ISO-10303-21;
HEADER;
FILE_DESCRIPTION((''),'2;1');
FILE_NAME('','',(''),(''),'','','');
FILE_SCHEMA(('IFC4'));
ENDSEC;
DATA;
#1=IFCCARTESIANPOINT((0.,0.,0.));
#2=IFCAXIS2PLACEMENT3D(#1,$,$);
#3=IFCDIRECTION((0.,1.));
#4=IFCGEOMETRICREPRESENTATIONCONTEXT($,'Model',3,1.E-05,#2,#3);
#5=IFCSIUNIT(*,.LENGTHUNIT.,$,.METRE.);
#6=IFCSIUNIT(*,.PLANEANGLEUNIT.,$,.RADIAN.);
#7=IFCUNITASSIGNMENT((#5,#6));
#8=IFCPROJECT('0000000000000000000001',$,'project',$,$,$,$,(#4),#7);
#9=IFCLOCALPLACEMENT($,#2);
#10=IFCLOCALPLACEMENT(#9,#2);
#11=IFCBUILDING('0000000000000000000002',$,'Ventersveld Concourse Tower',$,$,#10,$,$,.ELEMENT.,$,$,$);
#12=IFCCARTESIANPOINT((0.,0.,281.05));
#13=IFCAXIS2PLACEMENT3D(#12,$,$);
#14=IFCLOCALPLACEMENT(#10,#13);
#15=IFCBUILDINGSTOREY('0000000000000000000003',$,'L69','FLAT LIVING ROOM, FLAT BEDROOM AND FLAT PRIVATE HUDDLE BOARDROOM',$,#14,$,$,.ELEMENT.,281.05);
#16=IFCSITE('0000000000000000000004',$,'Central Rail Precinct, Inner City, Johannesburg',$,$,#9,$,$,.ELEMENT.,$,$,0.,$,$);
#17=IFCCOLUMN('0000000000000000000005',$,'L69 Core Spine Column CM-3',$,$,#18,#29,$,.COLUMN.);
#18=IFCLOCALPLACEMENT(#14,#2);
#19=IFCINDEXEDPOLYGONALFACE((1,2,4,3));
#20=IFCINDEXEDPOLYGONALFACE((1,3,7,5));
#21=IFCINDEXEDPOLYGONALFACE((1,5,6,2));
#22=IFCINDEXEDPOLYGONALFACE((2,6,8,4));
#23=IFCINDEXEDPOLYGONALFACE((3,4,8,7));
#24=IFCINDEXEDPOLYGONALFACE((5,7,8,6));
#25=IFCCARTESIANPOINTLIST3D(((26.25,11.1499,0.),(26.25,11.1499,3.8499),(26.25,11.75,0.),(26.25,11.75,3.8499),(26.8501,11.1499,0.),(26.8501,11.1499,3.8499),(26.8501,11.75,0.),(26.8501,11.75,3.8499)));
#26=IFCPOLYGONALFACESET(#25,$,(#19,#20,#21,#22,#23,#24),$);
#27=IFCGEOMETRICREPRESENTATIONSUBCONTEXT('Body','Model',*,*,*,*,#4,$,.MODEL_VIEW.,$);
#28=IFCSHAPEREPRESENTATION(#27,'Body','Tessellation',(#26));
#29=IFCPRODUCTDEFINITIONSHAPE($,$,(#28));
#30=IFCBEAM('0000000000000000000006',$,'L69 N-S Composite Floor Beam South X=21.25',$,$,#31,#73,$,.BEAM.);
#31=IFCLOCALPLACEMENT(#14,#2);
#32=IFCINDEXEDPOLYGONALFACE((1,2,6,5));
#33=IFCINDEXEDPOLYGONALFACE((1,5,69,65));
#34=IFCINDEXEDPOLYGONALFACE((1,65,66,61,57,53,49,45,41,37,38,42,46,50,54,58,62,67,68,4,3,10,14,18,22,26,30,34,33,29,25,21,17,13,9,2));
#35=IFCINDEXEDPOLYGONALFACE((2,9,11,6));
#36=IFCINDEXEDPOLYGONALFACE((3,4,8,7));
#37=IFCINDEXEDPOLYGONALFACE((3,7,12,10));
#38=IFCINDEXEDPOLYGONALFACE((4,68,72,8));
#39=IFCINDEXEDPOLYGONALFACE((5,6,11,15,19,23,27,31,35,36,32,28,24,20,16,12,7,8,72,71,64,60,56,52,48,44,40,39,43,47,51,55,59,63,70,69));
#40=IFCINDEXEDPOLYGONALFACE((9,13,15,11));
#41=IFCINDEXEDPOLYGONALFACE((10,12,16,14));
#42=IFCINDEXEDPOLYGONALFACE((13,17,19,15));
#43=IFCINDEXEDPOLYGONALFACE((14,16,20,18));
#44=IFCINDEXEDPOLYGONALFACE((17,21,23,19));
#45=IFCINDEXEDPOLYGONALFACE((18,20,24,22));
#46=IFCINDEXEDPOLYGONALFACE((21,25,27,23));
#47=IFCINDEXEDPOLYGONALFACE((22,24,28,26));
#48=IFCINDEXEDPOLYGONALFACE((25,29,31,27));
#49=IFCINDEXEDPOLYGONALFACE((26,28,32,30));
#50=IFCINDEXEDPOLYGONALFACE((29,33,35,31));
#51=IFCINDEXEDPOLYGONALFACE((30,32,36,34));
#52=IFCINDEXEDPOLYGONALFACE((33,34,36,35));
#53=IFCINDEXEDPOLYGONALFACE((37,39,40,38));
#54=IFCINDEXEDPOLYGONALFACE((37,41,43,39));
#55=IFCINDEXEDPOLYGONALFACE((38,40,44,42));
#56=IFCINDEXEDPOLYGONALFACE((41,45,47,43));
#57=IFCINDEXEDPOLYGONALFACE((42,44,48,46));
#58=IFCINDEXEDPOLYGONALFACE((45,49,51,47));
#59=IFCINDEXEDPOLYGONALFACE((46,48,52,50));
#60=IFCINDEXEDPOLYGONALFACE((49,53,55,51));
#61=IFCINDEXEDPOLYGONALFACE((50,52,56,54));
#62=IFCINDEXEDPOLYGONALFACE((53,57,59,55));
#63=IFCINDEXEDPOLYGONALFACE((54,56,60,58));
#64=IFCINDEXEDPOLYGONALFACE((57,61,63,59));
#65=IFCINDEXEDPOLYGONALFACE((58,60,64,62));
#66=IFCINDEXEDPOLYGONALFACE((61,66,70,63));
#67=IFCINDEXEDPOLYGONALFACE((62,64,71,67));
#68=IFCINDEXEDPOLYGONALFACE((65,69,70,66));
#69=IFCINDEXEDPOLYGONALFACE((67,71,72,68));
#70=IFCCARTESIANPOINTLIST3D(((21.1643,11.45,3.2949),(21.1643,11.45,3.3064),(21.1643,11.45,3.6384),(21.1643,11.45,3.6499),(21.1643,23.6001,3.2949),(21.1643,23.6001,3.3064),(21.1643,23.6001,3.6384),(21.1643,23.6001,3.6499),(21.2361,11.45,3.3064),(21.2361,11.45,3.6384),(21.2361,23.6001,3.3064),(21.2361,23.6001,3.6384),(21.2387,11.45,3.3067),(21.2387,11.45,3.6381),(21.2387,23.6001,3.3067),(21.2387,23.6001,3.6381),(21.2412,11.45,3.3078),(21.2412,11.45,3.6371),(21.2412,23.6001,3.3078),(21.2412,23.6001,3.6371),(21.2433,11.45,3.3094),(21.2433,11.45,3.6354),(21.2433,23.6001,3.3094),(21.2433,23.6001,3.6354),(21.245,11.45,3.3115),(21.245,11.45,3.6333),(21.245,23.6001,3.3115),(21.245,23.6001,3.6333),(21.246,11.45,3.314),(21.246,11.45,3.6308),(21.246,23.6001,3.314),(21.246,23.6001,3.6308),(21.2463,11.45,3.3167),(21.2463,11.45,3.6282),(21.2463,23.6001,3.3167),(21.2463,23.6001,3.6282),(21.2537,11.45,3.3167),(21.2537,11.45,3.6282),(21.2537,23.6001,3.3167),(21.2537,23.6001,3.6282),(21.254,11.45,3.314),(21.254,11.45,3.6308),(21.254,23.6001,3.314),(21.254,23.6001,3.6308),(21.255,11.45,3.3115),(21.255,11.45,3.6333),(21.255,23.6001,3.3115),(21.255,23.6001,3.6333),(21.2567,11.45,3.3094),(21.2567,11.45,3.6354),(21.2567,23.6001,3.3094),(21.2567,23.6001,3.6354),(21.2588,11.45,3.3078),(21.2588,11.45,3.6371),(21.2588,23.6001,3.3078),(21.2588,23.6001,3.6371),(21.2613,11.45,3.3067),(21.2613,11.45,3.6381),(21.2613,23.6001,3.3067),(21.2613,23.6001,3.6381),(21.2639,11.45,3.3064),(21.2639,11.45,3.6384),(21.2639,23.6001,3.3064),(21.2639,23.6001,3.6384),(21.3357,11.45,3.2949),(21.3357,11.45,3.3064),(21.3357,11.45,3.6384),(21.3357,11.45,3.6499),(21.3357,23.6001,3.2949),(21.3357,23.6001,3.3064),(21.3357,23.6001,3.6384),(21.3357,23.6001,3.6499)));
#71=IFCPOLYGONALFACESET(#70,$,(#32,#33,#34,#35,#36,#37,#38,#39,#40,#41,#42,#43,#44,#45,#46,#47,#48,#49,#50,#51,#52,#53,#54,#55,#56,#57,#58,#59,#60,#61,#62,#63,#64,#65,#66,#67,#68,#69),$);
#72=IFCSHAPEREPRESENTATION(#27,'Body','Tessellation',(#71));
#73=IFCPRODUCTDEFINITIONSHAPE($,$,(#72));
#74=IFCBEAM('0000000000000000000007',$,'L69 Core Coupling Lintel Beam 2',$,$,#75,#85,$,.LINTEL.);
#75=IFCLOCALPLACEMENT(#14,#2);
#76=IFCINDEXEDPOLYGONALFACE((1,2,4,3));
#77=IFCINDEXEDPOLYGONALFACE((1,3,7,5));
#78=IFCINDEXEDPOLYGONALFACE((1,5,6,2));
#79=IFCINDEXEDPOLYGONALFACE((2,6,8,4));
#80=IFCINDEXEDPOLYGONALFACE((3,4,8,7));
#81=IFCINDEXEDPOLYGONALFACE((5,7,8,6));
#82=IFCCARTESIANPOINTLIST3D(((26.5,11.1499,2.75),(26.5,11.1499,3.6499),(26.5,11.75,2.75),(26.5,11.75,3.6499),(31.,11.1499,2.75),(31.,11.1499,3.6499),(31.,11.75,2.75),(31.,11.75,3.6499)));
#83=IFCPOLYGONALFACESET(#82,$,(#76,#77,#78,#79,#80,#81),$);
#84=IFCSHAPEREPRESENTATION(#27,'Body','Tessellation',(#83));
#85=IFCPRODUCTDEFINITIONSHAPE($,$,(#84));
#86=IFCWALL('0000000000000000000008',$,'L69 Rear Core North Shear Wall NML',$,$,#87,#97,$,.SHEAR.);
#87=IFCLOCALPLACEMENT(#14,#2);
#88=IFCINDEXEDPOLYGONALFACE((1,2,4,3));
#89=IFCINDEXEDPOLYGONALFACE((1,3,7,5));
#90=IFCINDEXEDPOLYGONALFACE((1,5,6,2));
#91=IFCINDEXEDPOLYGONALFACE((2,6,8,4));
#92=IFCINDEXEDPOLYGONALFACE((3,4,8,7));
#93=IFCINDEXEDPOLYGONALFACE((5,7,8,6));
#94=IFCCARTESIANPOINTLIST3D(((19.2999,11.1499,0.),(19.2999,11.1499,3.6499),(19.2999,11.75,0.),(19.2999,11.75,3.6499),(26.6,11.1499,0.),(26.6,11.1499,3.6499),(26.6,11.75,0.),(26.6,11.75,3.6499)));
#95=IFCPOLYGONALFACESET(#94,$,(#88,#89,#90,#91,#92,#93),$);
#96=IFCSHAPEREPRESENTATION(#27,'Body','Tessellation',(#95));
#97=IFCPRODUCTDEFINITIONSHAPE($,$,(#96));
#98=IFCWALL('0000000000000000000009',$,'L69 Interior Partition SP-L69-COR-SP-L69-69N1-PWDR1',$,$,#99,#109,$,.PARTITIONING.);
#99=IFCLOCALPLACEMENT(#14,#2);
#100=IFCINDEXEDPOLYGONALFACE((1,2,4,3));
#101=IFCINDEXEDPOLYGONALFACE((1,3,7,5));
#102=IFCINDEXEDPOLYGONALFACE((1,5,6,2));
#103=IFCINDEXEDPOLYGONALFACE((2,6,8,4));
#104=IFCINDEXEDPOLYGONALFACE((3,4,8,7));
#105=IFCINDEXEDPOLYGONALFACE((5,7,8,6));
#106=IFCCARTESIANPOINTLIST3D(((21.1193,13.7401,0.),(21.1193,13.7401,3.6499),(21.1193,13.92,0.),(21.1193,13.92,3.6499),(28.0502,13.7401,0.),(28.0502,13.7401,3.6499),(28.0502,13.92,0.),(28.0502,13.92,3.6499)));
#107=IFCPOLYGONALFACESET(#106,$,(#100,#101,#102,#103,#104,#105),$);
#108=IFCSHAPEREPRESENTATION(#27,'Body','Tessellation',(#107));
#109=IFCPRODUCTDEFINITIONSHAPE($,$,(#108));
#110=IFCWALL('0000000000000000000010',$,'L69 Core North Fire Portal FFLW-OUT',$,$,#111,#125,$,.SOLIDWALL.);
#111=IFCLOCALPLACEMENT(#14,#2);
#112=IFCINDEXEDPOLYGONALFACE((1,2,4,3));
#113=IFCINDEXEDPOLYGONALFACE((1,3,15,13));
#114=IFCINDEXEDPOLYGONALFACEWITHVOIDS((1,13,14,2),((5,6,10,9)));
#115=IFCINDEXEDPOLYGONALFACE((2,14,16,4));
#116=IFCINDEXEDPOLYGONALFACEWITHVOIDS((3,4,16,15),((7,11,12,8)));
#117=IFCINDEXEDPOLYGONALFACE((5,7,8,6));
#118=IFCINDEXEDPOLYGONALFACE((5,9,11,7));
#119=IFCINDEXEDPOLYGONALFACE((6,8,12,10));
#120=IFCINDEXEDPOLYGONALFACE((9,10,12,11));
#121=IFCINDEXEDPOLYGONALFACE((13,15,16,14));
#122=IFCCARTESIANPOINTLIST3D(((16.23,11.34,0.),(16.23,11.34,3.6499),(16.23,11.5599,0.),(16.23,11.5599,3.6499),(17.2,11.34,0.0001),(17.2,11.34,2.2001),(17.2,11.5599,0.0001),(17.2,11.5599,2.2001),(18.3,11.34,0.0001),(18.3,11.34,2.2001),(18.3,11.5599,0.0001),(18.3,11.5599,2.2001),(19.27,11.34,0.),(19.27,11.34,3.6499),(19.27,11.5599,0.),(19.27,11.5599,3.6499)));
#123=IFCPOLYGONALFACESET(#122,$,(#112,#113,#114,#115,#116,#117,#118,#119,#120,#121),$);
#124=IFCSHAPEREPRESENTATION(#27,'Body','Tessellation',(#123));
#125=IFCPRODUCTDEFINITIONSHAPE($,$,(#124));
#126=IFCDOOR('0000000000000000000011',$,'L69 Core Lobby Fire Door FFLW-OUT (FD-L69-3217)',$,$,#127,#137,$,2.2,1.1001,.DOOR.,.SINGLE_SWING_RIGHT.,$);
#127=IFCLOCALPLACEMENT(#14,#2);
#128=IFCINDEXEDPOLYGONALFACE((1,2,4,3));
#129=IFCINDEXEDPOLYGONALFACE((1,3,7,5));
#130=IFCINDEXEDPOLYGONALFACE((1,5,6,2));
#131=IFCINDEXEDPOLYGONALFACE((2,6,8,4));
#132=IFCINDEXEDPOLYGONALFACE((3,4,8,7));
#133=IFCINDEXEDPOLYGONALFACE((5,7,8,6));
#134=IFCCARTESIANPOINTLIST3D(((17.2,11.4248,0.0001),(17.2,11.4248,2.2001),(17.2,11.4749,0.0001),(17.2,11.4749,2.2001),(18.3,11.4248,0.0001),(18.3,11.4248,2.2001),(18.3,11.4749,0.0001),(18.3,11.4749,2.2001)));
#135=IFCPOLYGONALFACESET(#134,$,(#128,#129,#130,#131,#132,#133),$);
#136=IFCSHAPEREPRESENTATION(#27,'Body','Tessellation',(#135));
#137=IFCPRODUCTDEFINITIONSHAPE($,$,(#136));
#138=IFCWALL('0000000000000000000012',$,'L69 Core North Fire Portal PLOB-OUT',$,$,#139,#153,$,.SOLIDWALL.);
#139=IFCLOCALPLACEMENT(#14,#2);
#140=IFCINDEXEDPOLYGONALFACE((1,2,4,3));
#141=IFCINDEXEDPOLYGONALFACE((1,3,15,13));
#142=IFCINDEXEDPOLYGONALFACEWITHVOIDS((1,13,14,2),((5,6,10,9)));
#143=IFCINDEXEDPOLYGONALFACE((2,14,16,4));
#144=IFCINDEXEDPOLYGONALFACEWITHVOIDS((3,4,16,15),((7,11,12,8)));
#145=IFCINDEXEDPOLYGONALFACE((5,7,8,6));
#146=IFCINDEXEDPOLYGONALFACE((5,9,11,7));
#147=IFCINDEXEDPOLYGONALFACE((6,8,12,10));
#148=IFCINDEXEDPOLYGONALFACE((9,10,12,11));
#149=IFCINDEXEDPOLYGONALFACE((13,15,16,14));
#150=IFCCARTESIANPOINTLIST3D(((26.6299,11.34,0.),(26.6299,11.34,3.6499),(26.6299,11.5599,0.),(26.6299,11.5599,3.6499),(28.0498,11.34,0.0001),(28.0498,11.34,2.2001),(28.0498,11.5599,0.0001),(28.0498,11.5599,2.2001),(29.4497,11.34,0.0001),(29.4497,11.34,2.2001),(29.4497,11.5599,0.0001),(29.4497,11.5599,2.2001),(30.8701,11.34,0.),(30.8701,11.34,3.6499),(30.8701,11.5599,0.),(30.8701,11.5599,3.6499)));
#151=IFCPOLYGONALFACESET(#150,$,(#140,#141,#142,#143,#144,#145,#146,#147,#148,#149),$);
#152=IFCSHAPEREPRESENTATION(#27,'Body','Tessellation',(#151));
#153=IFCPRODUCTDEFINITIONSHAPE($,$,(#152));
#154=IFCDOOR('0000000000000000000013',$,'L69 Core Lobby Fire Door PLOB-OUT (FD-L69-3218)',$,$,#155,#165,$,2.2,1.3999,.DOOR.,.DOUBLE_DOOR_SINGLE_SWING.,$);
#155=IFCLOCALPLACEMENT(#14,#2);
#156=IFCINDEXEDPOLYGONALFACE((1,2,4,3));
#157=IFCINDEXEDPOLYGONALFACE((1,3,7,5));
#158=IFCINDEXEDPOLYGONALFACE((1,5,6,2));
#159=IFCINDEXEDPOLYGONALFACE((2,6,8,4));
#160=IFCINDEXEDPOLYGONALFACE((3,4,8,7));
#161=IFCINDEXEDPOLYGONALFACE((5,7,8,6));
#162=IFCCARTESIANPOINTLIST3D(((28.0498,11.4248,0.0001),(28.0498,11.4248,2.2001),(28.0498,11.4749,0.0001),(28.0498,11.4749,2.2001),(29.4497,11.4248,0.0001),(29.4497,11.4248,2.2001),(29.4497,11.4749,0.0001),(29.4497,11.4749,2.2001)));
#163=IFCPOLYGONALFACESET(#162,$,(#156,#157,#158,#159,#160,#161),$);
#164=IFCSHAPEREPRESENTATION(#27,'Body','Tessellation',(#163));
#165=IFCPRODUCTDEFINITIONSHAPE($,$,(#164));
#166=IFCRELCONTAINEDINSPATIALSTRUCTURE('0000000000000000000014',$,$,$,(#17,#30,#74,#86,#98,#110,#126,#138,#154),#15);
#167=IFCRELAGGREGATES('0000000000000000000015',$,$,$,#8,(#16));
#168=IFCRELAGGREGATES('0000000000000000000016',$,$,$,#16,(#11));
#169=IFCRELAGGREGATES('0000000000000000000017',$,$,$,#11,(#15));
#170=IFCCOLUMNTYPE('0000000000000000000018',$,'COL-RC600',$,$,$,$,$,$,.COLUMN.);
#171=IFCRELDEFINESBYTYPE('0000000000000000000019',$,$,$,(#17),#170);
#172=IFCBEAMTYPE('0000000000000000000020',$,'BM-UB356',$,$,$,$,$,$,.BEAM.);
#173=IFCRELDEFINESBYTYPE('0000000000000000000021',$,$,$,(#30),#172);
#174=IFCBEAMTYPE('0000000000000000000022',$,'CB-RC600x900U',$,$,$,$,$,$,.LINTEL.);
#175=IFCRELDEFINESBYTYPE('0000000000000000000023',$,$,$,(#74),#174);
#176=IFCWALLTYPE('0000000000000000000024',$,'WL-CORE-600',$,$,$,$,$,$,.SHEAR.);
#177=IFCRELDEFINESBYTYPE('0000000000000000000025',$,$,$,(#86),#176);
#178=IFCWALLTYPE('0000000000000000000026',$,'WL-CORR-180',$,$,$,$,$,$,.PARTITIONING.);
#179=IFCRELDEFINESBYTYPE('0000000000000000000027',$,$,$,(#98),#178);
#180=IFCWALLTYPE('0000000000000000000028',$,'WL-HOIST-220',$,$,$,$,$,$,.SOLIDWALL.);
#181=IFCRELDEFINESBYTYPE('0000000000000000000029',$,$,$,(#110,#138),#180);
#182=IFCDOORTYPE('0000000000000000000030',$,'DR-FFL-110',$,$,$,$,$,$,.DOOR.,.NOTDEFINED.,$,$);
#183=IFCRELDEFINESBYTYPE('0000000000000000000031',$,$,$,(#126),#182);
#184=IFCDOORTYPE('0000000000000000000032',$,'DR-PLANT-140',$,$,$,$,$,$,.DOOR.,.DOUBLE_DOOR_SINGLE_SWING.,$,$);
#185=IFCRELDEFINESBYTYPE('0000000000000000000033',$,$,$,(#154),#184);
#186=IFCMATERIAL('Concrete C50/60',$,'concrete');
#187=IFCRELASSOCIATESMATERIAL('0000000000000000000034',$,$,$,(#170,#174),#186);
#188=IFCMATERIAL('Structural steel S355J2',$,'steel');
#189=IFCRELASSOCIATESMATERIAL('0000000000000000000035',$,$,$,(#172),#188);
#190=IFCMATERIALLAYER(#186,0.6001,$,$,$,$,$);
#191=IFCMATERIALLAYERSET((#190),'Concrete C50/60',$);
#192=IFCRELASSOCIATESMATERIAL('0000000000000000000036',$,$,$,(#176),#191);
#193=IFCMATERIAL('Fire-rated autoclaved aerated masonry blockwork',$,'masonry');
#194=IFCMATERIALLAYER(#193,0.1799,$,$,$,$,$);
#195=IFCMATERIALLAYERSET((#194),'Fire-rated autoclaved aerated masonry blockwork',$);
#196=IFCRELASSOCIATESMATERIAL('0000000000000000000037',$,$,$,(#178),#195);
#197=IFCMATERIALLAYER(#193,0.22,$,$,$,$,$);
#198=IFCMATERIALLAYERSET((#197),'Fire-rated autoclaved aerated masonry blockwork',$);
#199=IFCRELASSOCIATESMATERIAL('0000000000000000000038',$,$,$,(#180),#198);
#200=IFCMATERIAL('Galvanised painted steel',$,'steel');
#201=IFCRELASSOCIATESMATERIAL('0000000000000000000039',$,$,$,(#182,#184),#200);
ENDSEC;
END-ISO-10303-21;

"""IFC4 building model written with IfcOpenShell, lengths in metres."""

from ifc_helpers import new_model, si_unit, direction, frame, frame_2d, origin, origin_2d, place, context, subcontext, project, spatial, rectangle, i_section, extrude, material, layer, layer_set, material_profile, profile_set, type_object, element, fill, save


model = new_model("IFC4")

# Units and contexts
model_context = context("Model", 3, precision=1e-05, world=origin(), true_north=direction((0.0, 1.0)))
body_context = subcontext(model_context, "Body", "Model", "MODEL_VIEW")
ifc_project = project(units=[si_unit("LENGTHUNIT", "METRE"), si_unit("PLANEANGLEUNIT", "RADIAN")], contexts=[model_context])

# Site, building, storey
site_placement = place(None, origin())
site = spatial("IfcSite", under=ifc_project, at=site_placement, Name="Central Rail Precinct, Inner City, Johannesburg", CompositionType="ELEMENT", RefElevation=0.0)
building_placement = place(site_placement, origin())
building = spatial("IfcBuilding", under=site, at=building_placement, Name="Ventersveld Concourse Tower", CompositionType="ELEMENT")
storey_placement = place(building_placement, frame((0.0, 0.0, 281.05)))
storey = spatial("IfcBuildingStorey", under=building, at=storey_placement, Name="L69", Description="FLAT LIVING ROOM, FLAT BEDROOM AND FLAT PRIVATE HUDDLE BOARDROOM", CompositionType="ELEMENT", Elevation=281.05)

# Column
ifc_material_1 = material(Name="Concrete C50/60", Category="concrete")
ifc_material_profile_1 = material_profile(ifc_material_1, rectangle(XDim=0.6001, YDim=0.6001, at=origin_2d()), Name="RC 600x600")
ifc_profile_set_1 = profile_set([ifc_material_profile_1], Name="Concrete C50/60")
column_type = type_object("IfcColumnType", Name="COL-RC600", PredefinedType="COLUMN", material=ifc_profile_set_1)
column_placement = place(storey_placement, frame((26.55, 11.45, 0.0), z_axis=(0.0, 0.0, 1.0), x_axis=(1.0, 0.0, 0.0)))
element("IfcColumn", 1, at=column_placement, inside=storey, type_object=column_type, Name="L69 Core Spine Column CM-3", PredefinedType="COLUMN", context=body_context, shape_type="SweptSolid", body=[
    extrude(rectangle(XDim=0.6001, YDim=0.6001, at=origin_2d()), origin(), (0.0, 0.0, 1.0), 3.8499),
])

# Beams
ifc_material_2 = material(Name="Structural steel S355J2", Category="steel")
ifc_material_profile_2 = material_profile(ifc_material_2, i_section(OverallWidth=0.1714, OverallDepth=0.355, WebThickness=0.0073, FlangeThickness=0.0115, FilletRadius=0.0103, at=origin_2d()), Name="UB 356x171x51")
ifc_profile_set_2 = profile_set([ifc_material_profile_2], Name="Structural steel S355J2")
beam_type_1 = type_object("IfcBeamType", Name="BM-UB356", PredefinedType="BEAM", material=ifc_profile_set_2)
beam_1_placement = place(storey_placement, frame((21.25, 11.45, 3.4724), z_axis=(0.0, 1.0, 0.0), x_axis=(-1.0, 0.0, 0.0)))
element("IfcBeam", 2, at=beam_1_placement, inside=storey, type_object=beam_type_1, Name="L69 N-S Composite Floor Beam South X=21.25", PredefinedType="BEAM", context=body_context, shape_type="SweptSolid", body=[
    extrude(i_section(OverallWidth=0.1714, OverallDepth=0.355, WebThickness=0.0073, FlangeThickness=0.0115, FilletRadius=0.0103, at=origin_2d()), origin(), (0.0, 0.0, 1.0), 12.1501),
])
ifc_material_profile_3 = material_profile(ifc_material_1, rectangle(XDim=0.6001, YDim=0.8999, at=origin_2d()), Name="RC 600x900")
ifc_profile_set_3 = profile_set([ifc_material_profile_3], Name="Concrete C50/60")
beam_type_2 = type_object("IfcBeamType", Name="CB-RC600x900U", PredefinedType="LINTEL", material=ifc_profile_set_3)
beam_2_placement = place(storey_placement, frame((26.5, 11.45, 3.2), z_axis=(1.0, 0.0, 0.0), x_axis=(0.0, 1.0, 0.0)))
element("IfcBeam", 3, at=beam_2_placement, inside=storey, type_object=beam_type_2, Name="L69 Core Coupling Lintel Beam 2", PredefinedType="LINTEL", context=body_context, shape_type="SweptSolid", body=[
    extrude(rectangle(XDim=0.6001, YDim=0.8999, at=origin_2d()), origin(), (0.0, 0.0, 1.0), 4.5),
])

# Walls
ifc_layer_1 = layer(ifc_material_1, 0.6001)
ifc_layer_set_1 = layer_set([ifc_layer_1], Name="Concrete C50/60")
wall_type_1 = type_object("IfcWallType", Name="WL-CORE-600", PredefinedType="SHEAR", material=ifc_layer_set_1)
wall_1_placement = place(storey_placement, frame((19.3, 11.45, 0.0), z_axis=(0.0, 0.0, 1.0), x_axis=(1.0, 0.0, 0.0)))
element("IfcWall", 4, at=wall_1_placement, inside=storey, type_object=wall_type_1, Name="L69 Rear Core North Shear Wall NML", PredefinedType="SHEAR", context=body_context, shape_type="SweptSolid", body=[
    extrude(rectangle(XDim=7.3, YDim=0.6001, at=frame_2d((3.6499, 0.0))), origin(), (0.0, 0.0, 1.0), 3.6499),
])
ifc_material_3 = material(Name="Fire-rated autoclaved aerated masonry blockwork", Category="masonry")
ifc_layer_2 = layer(ifc_material_3, 0.1799)
ifc_layer_set_2 = layer_set([ifc_layer_2], Name="Fire-rated autoclaved aerated masonry blockwork")
wall_type_2 = type_object("IfcWallType", Name="WL-CORR-180", PredefinedType="PARTITIONING", material=ifc_layer_set_2)
wall_2_placement = place(storey_placement, frame((21.1194, 13.8301, 0.0), z_axis=(0.0, 0.0, 1.0), x_axis=(1.0, 0.0, 0.0)))
element("IfcWall", 5, at=wall_2_placement, inside=storey, type_object=wall_type_2, Name="L69 Interior Partition SP-L69-COR-SP-L69-69N1-PWDR1", PredefinedType="PARTITIONING", context=body_context, shape_type="SweptSolid", body=[
    extrude(rectangle(XDim=6.9309, YDim=0.1799, at=frame_2d((3.4653, 0.0))), origin(), (0.0, 0.0, 1.0), 3.6499),
])

# Walls, openings, doors
ifc_layer_3 = layer(ifc_material_3, 0.22)
ifc_layer_set_3 = layer_set([ifc_layer_3], Name="Fire-rated autoclaved aerated masonry blockwork")
wall_type_3 = type_object("IfcWallType", Name="WL-HOIST-220", PredefinedType="SOLIDWALL", material=ifc_layer_set_3)
wall_3_placement = place(storey_placement, frame((16.23, 11.45, 0.0), z_axis=(0.0, 0.0, 1.0), x_axis=(1.0, 0.0, 0.0)))
wall_3 = element("IfcWall", 6, at=wall_3_placement, inside=storey, type_object=wall_type_3, Name="L69 Core North Fire Portal FFLW-OUT", PredefinedType="SOLIDWALL", context=body_context, shape_type="SweptSolid", body=[
    extrude(rectangle(XDim=3.04, YDim=0.22, at=frame_2d((1.52, 0.0))), origin(), (0.0, 0.0, 1.0), 3.6499),
])
opening_1_placement = place(wall_3_placement, frame((0.97, 0.0, 0.0)))
opening_1 = element("IfcOpeningElement", 7, at=opening_1_placement, cuts=wall_3, PredefinedType="OPENING", context=body_context, shape_type="SweptSolid", body=[
    extrude(rectangle(XDim=1.1001, YDim=2.2, at=frame_2d((0.55, 1.1001))), frame((0.0, 0.1201, 0.0), z_axis=(0.0, -1.0, 0.0), x_axis=(1.0, 0.0, 0.0)), (0.0, 0.0, 1.0), 0.24),
])
ifc_material_4 = material(Name="Galvanised painted steel", Category="steel")
door_type_1 = type_object("IfcDoorType", Name="DR-FFL-110", OperationType="NOTDEFINED", PredefinedType="DOOR", material=ifc_material_4)
door_1_placement = place(opening_1_placement, origin())
door_1 = element("IfcDoor", 8, at=door_1_placement, inside=storey, type_object=door_type_1, Name="L69 Core Lobby Fire Door FFLW-OUT (FD-L69-3217)", OperationType="SINGLE_SWING_RIGHT", OverallHeight=2.2, OverallWidth=1.1001, PredefinedType="DOOR", context=body_context, shape_type="SweptSolid", body=[
    extrude(rectangle(XDim=1.1001, YDim=2.2, at=frame_2d((0.55, 1.1001))), frame((0.0, 0.0249, 0.0), z_axis=(0.0, -1.0, 0.0), x_axis=(1.0, 0.0, 0.0)), (0.0, 0.0, 1.0), 0.05),
])
fill(opening_1, door_1)
wall_4_placement = place(storey_placement, frame((26.6299, 11.45, 0.0), z_axis=(0.0, 0.0, 1.0), x_axis=(1.0, 0.0, 0.0)))
wall_4 = element("IfcWall", 9, at=wall_4_placement, inside=storey, type_object=wall_type_3, Name="L69 Core North Fire Portal PLOB-OUT", PredefinedType="SOLIDWALL", context=body_context, shape_type="SweptSolid", body=[
    extrude(rectangle(XDim=4.2402, YDim=0.22, at=frame_2d((2.1201, 0.0))), origin(), (0.0, 0.0, 1.0), 3.6499),
])
opening_2_placement = place(wall_4_placement, frame((1.4199, 0.0, 0.0)))
opening_2 = element("IfcOpeningElement", 10, at=opening_2_placement, cuts=wall_4, PredefinedType="OPENING", context=body_context, shape_type="SweptSolid", body=[
    extrude(rectangle(XDim=1.3999, YDim=2.2, at=frame_2d((0.7, 1.1001))), frame((0.0, 0.1201, 0.0), z_axis=(0.0, -1.0, 0.0), x_axis=(1.0, 0.0, 0.0)), (0.0, 0.0, 1.0), 0.24),
])
door_type_2 = type_object("IfcDoorType", Name="DR-PLANT-140", OperationType="DOUBLE_DOOR_SINGLE_SWING", PredefinedType="DOOR", material=ifc_material_4)
door_2_placement = place(opening_2_placement, origin())
door_2 = element("IfcDoor", 11, at=door_2_placement, inside=storey, type_object=door_type_2, Name="L69 Core Lobby Fire Door PLOB-OUT (FD-L69-3218)", OperationType="DOUBLE_DOOR_SINGLE_SWING", OverallHeight=2.2, OverallWidth=1.3999, PredefinedType="DOOR", context=body_context, shape_type="SweptSolid", body=[
    extrude(rectangle(XDim=1.3999, YDim=2.2, at=frame_2d((0.7, 1.1001))), frame((0.0, 0.0249, 0.0), z_axis=(0.0, -1.0, 0.0), x_axis=(1.0, 0.0, 0.0)), (0.0, 0.0, 1.0), 0.05),
])
fill(opening_2, door_2)

save(model, "model.ifc")
